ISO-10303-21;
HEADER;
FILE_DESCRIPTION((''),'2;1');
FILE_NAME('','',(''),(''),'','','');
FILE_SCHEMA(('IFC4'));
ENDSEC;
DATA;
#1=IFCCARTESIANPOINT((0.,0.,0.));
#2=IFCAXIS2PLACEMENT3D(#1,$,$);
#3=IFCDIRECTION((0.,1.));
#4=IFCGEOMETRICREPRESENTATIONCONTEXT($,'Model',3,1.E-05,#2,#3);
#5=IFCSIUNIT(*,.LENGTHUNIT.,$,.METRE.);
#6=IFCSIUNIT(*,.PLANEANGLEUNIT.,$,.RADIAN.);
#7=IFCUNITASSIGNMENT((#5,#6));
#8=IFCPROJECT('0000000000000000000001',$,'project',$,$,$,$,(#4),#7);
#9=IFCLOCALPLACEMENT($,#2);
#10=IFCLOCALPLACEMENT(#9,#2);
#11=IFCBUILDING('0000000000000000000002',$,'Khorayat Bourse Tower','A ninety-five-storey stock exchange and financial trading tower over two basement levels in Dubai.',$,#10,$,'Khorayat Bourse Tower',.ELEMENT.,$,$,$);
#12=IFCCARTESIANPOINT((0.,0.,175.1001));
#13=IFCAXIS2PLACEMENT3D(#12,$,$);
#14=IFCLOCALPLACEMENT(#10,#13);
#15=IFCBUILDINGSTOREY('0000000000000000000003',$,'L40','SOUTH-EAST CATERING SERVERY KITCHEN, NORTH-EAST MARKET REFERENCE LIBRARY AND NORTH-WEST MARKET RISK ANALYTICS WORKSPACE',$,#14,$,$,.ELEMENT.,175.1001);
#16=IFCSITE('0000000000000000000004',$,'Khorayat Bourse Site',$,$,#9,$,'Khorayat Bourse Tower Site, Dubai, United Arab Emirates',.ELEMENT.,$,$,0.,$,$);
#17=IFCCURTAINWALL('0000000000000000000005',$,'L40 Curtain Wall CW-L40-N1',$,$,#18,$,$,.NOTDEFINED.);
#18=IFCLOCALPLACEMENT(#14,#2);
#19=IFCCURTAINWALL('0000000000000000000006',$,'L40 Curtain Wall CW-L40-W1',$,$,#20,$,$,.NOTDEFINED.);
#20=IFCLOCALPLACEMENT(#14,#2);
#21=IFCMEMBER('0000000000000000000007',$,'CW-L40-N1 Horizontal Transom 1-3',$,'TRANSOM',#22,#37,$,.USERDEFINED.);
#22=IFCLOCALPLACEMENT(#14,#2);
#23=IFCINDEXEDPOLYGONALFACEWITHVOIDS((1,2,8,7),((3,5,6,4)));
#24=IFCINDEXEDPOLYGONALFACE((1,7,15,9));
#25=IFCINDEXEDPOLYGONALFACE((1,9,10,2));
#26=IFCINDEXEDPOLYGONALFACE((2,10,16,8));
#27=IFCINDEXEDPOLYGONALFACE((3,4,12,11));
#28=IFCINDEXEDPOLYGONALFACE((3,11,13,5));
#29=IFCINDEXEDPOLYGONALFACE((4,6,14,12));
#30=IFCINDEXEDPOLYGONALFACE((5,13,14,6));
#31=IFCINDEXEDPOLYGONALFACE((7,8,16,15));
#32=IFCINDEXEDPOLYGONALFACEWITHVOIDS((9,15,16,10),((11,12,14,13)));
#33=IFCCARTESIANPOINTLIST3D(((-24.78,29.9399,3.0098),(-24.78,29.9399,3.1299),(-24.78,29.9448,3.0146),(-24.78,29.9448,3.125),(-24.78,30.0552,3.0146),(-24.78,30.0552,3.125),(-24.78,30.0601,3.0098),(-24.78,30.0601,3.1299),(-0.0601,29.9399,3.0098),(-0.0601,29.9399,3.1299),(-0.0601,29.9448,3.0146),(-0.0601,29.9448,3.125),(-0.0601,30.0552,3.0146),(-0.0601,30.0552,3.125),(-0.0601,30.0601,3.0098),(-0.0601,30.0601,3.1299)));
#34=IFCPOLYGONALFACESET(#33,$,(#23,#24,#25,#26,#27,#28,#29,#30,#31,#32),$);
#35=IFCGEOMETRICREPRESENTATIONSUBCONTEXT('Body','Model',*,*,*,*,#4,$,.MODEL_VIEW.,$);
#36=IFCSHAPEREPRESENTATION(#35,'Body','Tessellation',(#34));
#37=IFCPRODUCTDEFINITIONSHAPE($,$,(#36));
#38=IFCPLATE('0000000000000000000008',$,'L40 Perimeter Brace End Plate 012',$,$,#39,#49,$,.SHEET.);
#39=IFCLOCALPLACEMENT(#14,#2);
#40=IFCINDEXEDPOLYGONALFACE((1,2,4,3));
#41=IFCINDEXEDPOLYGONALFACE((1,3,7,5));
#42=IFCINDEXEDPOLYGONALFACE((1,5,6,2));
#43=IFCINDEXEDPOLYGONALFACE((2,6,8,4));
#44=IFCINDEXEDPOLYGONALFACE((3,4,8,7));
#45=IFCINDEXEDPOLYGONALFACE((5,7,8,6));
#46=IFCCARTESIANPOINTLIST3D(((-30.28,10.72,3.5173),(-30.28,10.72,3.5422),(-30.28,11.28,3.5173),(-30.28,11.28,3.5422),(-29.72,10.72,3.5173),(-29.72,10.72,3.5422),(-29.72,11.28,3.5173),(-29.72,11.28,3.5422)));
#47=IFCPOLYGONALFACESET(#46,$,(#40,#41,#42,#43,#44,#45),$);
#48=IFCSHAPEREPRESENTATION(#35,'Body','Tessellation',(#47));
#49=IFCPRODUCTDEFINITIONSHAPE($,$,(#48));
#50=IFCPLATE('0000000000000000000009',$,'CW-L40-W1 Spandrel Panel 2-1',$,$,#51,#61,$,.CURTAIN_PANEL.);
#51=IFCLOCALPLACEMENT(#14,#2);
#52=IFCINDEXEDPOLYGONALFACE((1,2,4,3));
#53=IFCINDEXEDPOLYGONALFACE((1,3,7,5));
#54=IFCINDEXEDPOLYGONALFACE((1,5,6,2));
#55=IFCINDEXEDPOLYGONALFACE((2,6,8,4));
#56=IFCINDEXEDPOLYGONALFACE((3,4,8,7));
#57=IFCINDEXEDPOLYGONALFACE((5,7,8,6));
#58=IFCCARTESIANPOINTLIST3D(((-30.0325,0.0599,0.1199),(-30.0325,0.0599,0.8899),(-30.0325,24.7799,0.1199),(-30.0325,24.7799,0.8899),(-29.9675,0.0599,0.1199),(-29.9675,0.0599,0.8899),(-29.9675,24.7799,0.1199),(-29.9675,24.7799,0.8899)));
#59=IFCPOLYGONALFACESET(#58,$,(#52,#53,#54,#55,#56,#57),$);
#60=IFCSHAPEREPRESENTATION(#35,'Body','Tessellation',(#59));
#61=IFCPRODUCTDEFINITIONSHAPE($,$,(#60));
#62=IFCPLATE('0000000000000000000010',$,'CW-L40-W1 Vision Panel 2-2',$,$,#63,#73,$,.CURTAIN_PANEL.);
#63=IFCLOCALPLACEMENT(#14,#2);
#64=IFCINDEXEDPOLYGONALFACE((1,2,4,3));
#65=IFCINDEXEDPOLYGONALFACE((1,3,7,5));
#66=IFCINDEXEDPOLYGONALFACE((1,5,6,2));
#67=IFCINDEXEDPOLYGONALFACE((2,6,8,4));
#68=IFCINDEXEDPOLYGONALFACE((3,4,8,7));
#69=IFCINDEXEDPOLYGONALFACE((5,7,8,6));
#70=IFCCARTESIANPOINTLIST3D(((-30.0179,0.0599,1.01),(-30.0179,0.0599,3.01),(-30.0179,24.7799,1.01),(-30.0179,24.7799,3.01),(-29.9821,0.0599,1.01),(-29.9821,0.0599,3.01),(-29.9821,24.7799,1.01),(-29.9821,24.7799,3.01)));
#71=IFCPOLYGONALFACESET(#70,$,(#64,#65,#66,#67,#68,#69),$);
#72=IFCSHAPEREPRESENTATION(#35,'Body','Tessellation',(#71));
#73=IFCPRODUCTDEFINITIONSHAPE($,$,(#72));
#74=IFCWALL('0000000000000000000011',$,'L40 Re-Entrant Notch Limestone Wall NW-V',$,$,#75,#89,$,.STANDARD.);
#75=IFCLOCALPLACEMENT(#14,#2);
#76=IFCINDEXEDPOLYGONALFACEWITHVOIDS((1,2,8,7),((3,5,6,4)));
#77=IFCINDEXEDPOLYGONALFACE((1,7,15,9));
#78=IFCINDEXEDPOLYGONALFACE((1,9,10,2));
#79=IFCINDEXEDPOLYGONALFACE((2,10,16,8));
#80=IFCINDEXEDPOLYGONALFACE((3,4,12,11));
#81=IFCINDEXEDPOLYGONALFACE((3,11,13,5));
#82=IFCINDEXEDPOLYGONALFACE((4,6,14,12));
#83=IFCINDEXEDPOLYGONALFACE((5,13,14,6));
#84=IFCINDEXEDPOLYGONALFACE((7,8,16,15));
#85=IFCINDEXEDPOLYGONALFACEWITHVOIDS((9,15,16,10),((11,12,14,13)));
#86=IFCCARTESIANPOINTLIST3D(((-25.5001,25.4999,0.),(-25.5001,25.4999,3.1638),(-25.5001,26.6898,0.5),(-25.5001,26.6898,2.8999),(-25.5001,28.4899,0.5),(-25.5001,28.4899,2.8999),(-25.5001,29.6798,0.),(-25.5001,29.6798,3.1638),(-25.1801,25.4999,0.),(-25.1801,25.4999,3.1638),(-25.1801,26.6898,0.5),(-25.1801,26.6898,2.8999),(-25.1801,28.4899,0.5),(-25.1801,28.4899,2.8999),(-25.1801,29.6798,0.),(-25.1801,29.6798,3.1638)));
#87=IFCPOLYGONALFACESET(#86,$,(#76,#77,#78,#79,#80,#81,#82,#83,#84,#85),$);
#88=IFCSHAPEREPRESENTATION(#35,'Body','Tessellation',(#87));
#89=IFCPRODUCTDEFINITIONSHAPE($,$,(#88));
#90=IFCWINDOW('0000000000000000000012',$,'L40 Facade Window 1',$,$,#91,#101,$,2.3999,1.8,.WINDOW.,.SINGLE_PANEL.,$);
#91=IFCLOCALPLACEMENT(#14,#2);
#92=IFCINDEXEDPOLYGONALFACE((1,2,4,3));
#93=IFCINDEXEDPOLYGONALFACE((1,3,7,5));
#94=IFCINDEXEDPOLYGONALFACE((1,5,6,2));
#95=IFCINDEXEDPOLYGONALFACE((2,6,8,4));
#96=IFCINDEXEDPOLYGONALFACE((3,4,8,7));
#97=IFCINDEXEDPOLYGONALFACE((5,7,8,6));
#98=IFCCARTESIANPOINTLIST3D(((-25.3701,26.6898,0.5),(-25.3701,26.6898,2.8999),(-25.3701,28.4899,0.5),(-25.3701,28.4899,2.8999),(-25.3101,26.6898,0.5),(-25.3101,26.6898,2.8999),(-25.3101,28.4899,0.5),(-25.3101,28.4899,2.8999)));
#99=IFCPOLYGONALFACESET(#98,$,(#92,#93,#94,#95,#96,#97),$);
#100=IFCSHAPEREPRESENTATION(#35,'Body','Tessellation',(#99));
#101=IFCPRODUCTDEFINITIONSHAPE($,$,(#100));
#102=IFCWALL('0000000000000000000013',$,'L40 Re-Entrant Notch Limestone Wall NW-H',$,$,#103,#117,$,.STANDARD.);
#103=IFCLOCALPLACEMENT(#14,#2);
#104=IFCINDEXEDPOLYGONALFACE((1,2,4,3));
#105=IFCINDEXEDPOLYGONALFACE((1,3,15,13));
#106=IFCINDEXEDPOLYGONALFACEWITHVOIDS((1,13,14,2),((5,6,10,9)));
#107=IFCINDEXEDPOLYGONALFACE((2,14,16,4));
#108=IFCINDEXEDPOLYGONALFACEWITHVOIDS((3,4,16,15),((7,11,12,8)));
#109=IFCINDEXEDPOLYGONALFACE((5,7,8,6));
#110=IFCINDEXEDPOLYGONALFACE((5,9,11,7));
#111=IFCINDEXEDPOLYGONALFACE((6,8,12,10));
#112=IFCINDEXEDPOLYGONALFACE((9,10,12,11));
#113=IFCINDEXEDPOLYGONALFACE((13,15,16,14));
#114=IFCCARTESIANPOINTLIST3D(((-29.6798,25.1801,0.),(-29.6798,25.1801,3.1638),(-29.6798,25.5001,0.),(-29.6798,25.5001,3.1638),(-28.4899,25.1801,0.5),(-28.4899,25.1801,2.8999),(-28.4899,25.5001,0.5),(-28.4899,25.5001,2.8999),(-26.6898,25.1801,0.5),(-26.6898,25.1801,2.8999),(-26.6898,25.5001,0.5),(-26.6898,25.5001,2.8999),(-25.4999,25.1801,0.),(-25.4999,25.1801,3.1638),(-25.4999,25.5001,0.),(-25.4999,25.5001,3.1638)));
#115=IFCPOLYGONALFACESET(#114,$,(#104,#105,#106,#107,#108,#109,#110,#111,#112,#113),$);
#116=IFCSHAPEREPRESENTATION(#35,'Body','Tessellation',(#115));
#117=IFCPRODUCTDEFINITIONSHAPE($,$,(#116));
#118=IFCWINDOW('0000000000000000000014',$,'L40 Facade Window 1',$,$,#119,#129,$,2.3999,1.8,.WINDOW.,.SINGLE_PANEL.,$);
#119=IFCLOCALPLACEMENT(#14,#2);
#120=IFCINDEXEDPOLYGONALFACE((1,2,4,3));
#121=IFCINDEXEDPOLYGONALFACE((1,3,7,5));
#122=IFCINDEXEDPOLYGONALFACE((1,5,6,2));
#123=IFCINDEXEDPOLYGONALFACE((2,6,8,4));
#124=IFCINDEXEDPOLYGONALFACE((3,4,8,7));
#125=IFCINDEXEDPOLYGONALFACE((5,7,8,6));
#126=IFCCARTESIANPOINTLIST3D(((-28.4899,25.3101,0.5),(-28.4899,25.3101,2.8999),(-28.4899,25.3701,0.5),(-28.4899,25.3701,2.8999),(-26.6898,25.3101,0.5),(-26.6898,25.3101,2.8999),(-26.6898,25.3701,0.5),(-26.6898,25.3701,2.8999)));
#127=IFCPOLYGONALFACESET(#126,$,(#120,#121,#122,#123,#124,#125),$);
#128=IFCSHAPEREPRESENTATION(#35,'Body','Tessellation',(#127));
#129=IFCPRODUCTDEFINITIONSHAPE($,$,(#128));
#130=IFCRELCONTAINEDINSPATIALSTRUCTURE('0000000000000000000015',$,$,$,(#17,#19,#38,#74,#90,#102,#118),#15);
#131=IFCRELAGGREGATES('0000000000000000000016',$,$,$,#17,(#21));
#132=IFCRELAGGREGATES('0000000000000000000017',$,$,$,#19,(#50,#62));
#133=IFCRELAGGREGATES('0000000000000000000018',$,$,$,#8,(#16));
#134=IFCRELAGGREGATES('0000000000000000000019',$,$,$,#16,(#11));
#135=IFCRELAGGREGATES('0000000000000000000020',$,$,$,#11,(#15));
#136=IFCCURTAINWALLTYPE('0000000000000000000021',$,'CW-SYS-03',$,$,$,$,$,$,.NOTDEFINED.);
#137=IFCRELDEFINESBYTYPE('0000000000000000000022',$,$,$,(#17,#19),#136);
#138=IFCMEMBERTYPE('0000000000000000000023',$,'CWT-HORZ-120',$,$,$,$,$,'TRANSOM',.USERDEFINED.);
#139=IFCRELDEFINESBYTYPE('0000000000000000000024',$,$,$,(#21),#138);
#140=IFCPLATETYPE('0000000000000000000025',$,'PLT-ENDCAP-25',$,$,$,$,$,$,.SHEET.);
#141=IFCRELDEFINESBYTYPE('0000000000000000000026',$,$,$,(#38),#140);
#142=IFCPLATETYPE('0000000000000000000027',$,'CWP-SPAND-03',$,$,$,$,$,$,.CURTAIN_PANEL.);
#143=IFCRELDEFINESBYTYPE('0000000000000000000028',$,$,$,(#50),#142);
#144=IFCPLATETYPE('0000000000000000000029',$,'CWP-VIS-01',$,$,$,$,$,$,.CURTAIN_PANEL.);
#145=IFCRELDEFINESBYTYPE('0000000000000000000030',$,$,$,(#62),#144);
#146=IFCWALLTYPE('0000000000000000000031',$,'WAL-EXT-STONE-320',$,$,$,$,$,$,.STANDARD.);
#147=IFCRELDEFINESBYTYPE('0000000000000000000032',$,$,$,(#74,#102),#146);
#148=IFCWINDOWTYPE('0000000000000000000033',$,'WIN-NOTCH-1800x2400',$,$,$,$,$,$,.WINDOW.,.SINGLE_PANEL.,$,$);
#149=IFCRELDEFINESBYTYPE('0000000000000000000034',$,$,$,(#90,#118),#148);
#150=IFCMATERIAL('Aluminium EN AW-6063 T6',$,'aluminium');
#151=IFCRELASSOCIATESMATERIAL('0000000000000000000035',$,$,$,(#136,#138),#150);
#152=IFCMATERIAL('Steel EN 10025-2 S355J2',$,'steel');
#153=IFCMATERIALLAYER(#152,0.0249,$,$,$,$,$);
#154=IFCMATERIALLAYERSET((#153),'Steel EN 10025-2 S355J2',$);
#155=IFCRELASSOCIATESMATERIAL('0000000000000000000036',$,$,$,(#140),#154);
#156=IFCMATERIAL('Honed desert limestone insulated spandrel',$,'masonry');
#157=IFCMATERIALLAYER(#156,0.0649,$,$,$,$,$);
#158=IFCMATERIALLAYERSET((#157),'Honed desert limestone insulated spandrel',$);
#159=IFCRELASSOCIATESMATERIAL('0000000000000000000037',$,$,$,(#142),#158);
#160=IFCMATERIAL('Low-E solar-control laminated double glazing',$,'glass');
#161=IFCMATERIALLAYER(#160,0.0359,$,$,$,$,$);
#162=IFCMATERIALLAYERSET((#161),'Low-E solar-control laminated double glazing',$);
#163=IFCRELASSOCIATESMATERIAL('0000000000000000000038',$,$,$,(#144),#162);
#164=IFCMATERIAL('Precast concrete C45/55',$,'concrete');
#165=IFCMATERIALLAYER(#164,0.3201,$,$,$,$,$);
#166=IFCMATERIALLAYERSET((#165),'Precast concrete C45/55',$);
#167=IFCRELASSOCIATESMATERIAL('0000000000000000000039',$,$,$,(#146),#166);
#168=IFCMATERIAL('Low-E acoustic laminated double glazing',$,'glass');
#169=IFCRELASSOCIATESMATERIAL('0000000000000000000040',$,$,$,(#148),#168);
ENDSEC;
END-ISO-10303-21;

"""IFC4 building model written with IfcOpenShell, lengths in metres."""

from ifc_helpers import new_model, si_unit, direction, frame, frame_2d, origin, origin_2d, place, context, subcontext, project, spatial, rectangle, hollow_rectangle, extrude, source, transform, mapped, material, layer, layer_set, material_profile, profile_set, type_object, element, fill, aggregate, save


model = new_model("IFC4")

# Units and contexts
model_context = context("Model", 3, precision=1e-05, world=origin(), true_north=direction((0.0, 1.0)))
body_context = subcontext(model_context, "Body", "Model", "MODEL_VIEW")
ifc_project = project(units=[si_unit("LENGTHUNIT", "METRE"), si_unit("PLANEANGLEUNIT", "RADIAN")], contexts=[model_context])

# Site, building, storey
site_placement = place(None, origin())
site = spatial("IfcSite", under=ifc_project, at=site_placement, Name="Khorayat Bourse Site", LongName="Khorayat Bourse Tower Site, Dubai, United Arab Emirates", CompositionType="ELEMENT", RefElevation=0.0)
building_placement = place(site_placement, origin())
building = spatial("IfcBuilding", under=site, at=building_placement, Name="Khorayat Bourse Tower", Description="A ninety-five-storey stock exchange and financial trading tower over two basement levels in Dubai.", LongName="Khorayat Bourse Tower", CompositionType="ELEMENT")
storey_placement = place(building_placement, frame((0.0, 0.0, 175.1001)))
storey = spatial("IfcBuildingStorey", under=building, at=storey_placement, Name="L40", Description="SOUTH-EAST CATERING SERVERY KITCHEN, NORTH-EAST MARKET REFERENCE LIBRARY AND NORTH-WEST MARKET RISK ANALYTICS WORKSPACE", CompositionType="ELEMENT", Elevation=175.1001)

# Curtain wall
ifc_material_1 = material(Name="Aluminium EN AW-6063 T6", Category="aluminium")
curtain_wall_type = type_object("IfcCurtainWallType", Name="CW-SYS-03", PredefinedType="NOTDEFINED", material=ifc_material_1)
curtain_wall_1_placement = place(storey_placement, origin())
curtain_wall_1 = element("IfcCurtainWall", 1, at=curtain_wall_1_placement, inside=storey, type_object=curtain_wall_type, Name="L40 Curtain Wall CW-L40-N1", PredefinedType="NOTDEFINED")

# Curtain wall
curtain_wall_2_placement = place(storey_placement, origin())
curtain_wall_2 = element("IfcCurtainWall", 2, at=curtain_wall_2_placement, inside=storey, type_object=curtain_wall_type, Name="L40 Curtain Wall CW-L40-W1", PredefinedType="NOTDEFINED")

# Member
ifc_material_profile_1 = material_profile(ifc_material_1, hollow_rectangle(XDim=0.1201, YDim=0.1201, WallThickness=0.0049, at=origin_2d()), Name="ALU 120x120x5")
ifc_profile_set_1 = profile_set([ifc_material_profile_1], Name="Aluminium EN AW-6063 T6")
member_type_1 = type_object("IfcMemberType", Name="CWT-HORZ-120", ElementType="TRANSOM", PredefinedType="USERDEFINED", material=ifc_profile_set_1)
shared_shape_1 = source(origin(), body_context, "Body", "SweptSolid", [
    extrude(hollow_rectangle(XDim=0.1201, YDim=0.1201, WallThickness=0.0049, at=origin_2d()), origin(), (0.0, 0.0, 1.0), 24.72),
])
member_1_placement = place(storey_placement, frame((-24.78, 30.0, 3.0698), z_axis=(1.0, 0.0, 0.0), x_axis=(0.0, 1.0, 0.0)))
member_1 = element("IfcMember", 3, at=member_1_placement, type_object=member_type_1, Name="CW-L40-N1 Horizontal Transom 1-3", ObjectType="TRANSOM", PredefinedType="USERDEFINED", context=body_context, shape_type="MappedRepresentation", body=[
    mapped(shared_shape_1, transform((0.0, 0.0, 0.0), scale=1.0)),
])
aggregate(curtain_wall_1, [member_1])

# Plates
ifc_material_2 = material(Name="Steel EN 10025-2 S355J2", Category="steel")
ifc_layer_1 = layer(ifc_material_2, 0.0249)
ifc_layer_set_1 = layer_set([ifc_layer_1], Name="Steel EN 10025-2 S355J2")
plate_type_1 = type_object("IfcPlateType", Name="PLT-ENDCAP-25", PredefinedType="SHEET", material=ifc_layer_set_1)
shared_shape_2 = source(origin(), body_context, "Body", "SweptSolid", [
    extrude(rectangle(XDim=0.5601, YDim=0.5601, at=origin_2d()), origin(), (0.0, 0.0, 1.0), 0.0249),
])
plate_1_placement = place(storey_placement, frame((-30.0, 11.0, 3.5173), z_axis=(0.0, 0.0, 1.0), x_axis=(1.0, 0.0, 0.0)))
element("IfcPlate", 4, at=plate_1_placement, inside=storey, type_object=plate_type_1, Name="L40 Perimeter Brace End Plate 012", PredefinedType="SHEET", context=body_context, shape_type="MappedRepresentation", body=[
    mapped(shared_shape_2, transform((0.0, 0.0, 0.0), scale=1.0)),
])
ifc_material_3 = material(Name="Honed desert limestone insulated spandrel", Category="masonry")
ifc_layer_2 = layer(ifc_material_3, 0.0649)
ifc_layer_set_2 = layer_set([ifc_layer_2], Name="Honed desert limestone insulated spandrel")
plate_type_2 = type_object("IfcPlateType", Name="CWP-SPAND-03", PredefinedType="CURTAIN_PANEL", material=ifc_layer_set_2)
shared_shape_3 = source(origin(), body_context, "Body", "SweptSolid", [
    extrude(rectangle(XDim=24.72, YDim=0.0649, at=origin_2d()), origin(), (0.0, 0.0, 1.0), 0.77),
])
plate_2_placement = place(storey_placement, frame((-30.0, 12.4199, 0.1199), z_axis=(0.0, 0.0, 1.0), x_axis=(0.0, 1.0, 0.0)))
plate_2 = element("IfcPlate", 5, at=plate_2_placement, type_object=plate_type_2, Name="CW-L40-W1 Spandrel Panel 2-1", PredefinedType="CURTAIN_PANEL", context=body_context, shape_type="MappedRepresentation", body=[
    mapped(shared_shape_3, transform((0.0, 0.0, 0.0), scale=1.0)),
])
ifc_material_4 = material(Name="Low-E solar-control laminated double glazing", Category="glass")
ifc_layer_3 = layer(ifc_material_4, 0.0359)
ifc_layer_set_3 = layer_set([ifc_layer_3], Name="Low-E solar-control laminated double glazing")
plate_type_3 = type_object("IfcPlateType", Name="CWP-VIS-01", PredefinedType="CURTAIN_PANEL", material=ifc_layer_set_3)
shared_shape_4 = source(origin(), body_context, "Body", "SweptSolid", [
    extrude(rectangle(XDim=24.72, YDim=0.0359, at=origin_2d()), origin(), (0.0, 0.0, 1.0), 2.0),
])
plate_3_placement = place(storey_placement, frame((-30.0, 12.4199, 1.01), z_axis=(0.0, 0.0, 1.0), x_axis=(0.0, 1.0, 0.0)))
plate_3 = element("IfcPlate", 6, at=plate_3_placement, type_object=plate_type_3, Name="CW-L40-W1 Vision Panel 2-2", PredefinedType="CURTAIN_PANEL", context=body_context, shape_type="MappedRepresentation", body=[
    mapped(shared_shape_4, transform((0.0, 0.0, 0.0), scale=1.0)),
])
aggregate(curtain_wall_2, [plate_2, plate_3])

# Walls, openings, windows
ifc_material_5 = material(Name="Precast concrete C45/55", Category="concrete")
ifc_layer_4 = layer(ifc_material_5, 0.3201)
ifc_layer_set_4 = layer_set([ifc_layer_4], Name="Precast concrete C45/55")
wall_type = type_object("IfcWallType", Name="WAL-EXT-STONE-320", PredefinedType="STANDARD", material=ifc_layer_set_4)
shared_shape_5 = source(origin(), body_context, "Body", "SweptSolid", [
    extrude(rectangle(XDim=4.1799, YDim=0.3201, at=frame_2d((2.0898, 0.0))), origin(), (0.0, 0.0, 1.0), 3.1638),
])
wall_1_placement = place(storey_placement, frame((-25.3401, 25.5, 0.0), z_axis=(0.0, 0.0, 1.0), x_axis=(0.0, 1.0, 0.0)))
wall_1 = element("IfcWall", 7, at=wall_1_placement, inside=storey, type_object=wall_type, Name="L40 Re-Entrant Notch Limestone Wall NW-V", PredefinedType="STANDARD", context=body_context, shape_type="MappedRepresentation", body=[
    mapped(shared_shape_5, transform((0.0, 0.0, 0.0), scale=1.0)),
])
shared_shape_6 = source(origin(), body_context, "Body", "SweptSolid", [
    extrude(rectangle(XDim=1.8, YDim=2.3999, at=frame_2d((0.8999, 1.2))), frame((0.0, 0.1699, 0.0), z_axis=(0.0, -1.0, 0.0), x_axis=(1.0, 0.0, 0.0)), (0.0, 0.0, 1.0), 0.3401),
])
opening_1_placement = place(wall_1_placement, frame((1.1899, 0.0, 0.5)))
opening_1 = element("IfcOpeningElement", 8, at=opening_1_placement, cuts=wall_1, PredefinedType="OPENING", context=body_context, shape_type="MappedRepresentation", body=[
    mapped(shared_shape_6, transform((0.0, 0.0, 0.0), scale=1.0)),
])
ifc_material_6 = material(Name="Low-E acoustic laminated double glazing", Category="glass")
window_type = type_object("IfcWindowType", Name="WIN-NOTCH-1800x2400", PartitioningType="SINGLE_PANEL", PredefinedType="WINDOW", material=ifc_material_6)
shared_shape_7 = source(origin(), body_context, "Body", "SweptSolid", [
    extrude(rectangle(XDim=1.8, YDim=2.3999, at=frame_2d((0.8999, 1.2))), frame((0.0, 0.03, 0.0), z_axis=(0.0, -1.0, 0.0), x_axis=(1.0, 0.0, 0.0)), (0.0, 0.0, 1.0), 0.0601),
])
window_1_placement = place(opening_1_placement, origin())
window_1 = element("IfcWindow", 9, at=window_1_placement, inside=storey, type_object=window_type, Name="L40 Facade Window 1", OverallHeight=2.3999, OverallWidth=1.8, PartitioningType="SINGLE_PANEL", PredefinedType="WINDOW", context=body_context, shape_type="MappedRepresentation", body=[
    mapped(shared_shape_7, transform((0.0, 0.0, 0.0), scale=1.0)),
])
fill(opening_1, window_1)
wall_2_placement = place(storey_placement, frame((-25.5, 25.3401, 0.0), z_axis=(0.0, 0.0, 1.0), x_axis=(-1.0, 0.0, 0.0)))
wall_2 = element("IfcWall", 10, at=wall_2_placement, inside=storey, type_object=wall_type, Name="L40 Re-Entrant Notch Limestone Wall NW-H", PredefinedType="STANDARD", context=body_context, shape_type="MappedRepresentation", body=[
    mapped(shared_shape_5, transform((0.0, 0.0, 0.0), scale=1.0)),
])
opening_2_placement = place(wall_2_placement, frame((1.1899, 0.0, 0.5)))
opening_2 = element("IfcOpeningElement", 11, at=opening_2_placement, cuts=wall_2, PredefinedType="OPENING", context=body_context, shape_type="MappedRepresentation", body=[
    mapped(shared_shape_6, transform((0.0, 0.0, 0.0), scale=1.0)),
])
window_2_placement = place(opening_2_placement, origin())
window_2 = element("IfcWindow", 12, at=window_2_placement, inside=storey, type_object=window_type, Name="L40 Facade Window 1", OverallHeight=2.3999, OverallWidth=1.8, PartitioningType="SINGLE_PANEL", PredefinedType="WINDOW", context=body_context, shape_type="MappedRepresentation", body=[
    mapped(shared_shape_7, transform((0.0, 0.0, 0.0), scale=1.0)),
])
fill(opening_2, window_2)

save(model, "model.ifc")
